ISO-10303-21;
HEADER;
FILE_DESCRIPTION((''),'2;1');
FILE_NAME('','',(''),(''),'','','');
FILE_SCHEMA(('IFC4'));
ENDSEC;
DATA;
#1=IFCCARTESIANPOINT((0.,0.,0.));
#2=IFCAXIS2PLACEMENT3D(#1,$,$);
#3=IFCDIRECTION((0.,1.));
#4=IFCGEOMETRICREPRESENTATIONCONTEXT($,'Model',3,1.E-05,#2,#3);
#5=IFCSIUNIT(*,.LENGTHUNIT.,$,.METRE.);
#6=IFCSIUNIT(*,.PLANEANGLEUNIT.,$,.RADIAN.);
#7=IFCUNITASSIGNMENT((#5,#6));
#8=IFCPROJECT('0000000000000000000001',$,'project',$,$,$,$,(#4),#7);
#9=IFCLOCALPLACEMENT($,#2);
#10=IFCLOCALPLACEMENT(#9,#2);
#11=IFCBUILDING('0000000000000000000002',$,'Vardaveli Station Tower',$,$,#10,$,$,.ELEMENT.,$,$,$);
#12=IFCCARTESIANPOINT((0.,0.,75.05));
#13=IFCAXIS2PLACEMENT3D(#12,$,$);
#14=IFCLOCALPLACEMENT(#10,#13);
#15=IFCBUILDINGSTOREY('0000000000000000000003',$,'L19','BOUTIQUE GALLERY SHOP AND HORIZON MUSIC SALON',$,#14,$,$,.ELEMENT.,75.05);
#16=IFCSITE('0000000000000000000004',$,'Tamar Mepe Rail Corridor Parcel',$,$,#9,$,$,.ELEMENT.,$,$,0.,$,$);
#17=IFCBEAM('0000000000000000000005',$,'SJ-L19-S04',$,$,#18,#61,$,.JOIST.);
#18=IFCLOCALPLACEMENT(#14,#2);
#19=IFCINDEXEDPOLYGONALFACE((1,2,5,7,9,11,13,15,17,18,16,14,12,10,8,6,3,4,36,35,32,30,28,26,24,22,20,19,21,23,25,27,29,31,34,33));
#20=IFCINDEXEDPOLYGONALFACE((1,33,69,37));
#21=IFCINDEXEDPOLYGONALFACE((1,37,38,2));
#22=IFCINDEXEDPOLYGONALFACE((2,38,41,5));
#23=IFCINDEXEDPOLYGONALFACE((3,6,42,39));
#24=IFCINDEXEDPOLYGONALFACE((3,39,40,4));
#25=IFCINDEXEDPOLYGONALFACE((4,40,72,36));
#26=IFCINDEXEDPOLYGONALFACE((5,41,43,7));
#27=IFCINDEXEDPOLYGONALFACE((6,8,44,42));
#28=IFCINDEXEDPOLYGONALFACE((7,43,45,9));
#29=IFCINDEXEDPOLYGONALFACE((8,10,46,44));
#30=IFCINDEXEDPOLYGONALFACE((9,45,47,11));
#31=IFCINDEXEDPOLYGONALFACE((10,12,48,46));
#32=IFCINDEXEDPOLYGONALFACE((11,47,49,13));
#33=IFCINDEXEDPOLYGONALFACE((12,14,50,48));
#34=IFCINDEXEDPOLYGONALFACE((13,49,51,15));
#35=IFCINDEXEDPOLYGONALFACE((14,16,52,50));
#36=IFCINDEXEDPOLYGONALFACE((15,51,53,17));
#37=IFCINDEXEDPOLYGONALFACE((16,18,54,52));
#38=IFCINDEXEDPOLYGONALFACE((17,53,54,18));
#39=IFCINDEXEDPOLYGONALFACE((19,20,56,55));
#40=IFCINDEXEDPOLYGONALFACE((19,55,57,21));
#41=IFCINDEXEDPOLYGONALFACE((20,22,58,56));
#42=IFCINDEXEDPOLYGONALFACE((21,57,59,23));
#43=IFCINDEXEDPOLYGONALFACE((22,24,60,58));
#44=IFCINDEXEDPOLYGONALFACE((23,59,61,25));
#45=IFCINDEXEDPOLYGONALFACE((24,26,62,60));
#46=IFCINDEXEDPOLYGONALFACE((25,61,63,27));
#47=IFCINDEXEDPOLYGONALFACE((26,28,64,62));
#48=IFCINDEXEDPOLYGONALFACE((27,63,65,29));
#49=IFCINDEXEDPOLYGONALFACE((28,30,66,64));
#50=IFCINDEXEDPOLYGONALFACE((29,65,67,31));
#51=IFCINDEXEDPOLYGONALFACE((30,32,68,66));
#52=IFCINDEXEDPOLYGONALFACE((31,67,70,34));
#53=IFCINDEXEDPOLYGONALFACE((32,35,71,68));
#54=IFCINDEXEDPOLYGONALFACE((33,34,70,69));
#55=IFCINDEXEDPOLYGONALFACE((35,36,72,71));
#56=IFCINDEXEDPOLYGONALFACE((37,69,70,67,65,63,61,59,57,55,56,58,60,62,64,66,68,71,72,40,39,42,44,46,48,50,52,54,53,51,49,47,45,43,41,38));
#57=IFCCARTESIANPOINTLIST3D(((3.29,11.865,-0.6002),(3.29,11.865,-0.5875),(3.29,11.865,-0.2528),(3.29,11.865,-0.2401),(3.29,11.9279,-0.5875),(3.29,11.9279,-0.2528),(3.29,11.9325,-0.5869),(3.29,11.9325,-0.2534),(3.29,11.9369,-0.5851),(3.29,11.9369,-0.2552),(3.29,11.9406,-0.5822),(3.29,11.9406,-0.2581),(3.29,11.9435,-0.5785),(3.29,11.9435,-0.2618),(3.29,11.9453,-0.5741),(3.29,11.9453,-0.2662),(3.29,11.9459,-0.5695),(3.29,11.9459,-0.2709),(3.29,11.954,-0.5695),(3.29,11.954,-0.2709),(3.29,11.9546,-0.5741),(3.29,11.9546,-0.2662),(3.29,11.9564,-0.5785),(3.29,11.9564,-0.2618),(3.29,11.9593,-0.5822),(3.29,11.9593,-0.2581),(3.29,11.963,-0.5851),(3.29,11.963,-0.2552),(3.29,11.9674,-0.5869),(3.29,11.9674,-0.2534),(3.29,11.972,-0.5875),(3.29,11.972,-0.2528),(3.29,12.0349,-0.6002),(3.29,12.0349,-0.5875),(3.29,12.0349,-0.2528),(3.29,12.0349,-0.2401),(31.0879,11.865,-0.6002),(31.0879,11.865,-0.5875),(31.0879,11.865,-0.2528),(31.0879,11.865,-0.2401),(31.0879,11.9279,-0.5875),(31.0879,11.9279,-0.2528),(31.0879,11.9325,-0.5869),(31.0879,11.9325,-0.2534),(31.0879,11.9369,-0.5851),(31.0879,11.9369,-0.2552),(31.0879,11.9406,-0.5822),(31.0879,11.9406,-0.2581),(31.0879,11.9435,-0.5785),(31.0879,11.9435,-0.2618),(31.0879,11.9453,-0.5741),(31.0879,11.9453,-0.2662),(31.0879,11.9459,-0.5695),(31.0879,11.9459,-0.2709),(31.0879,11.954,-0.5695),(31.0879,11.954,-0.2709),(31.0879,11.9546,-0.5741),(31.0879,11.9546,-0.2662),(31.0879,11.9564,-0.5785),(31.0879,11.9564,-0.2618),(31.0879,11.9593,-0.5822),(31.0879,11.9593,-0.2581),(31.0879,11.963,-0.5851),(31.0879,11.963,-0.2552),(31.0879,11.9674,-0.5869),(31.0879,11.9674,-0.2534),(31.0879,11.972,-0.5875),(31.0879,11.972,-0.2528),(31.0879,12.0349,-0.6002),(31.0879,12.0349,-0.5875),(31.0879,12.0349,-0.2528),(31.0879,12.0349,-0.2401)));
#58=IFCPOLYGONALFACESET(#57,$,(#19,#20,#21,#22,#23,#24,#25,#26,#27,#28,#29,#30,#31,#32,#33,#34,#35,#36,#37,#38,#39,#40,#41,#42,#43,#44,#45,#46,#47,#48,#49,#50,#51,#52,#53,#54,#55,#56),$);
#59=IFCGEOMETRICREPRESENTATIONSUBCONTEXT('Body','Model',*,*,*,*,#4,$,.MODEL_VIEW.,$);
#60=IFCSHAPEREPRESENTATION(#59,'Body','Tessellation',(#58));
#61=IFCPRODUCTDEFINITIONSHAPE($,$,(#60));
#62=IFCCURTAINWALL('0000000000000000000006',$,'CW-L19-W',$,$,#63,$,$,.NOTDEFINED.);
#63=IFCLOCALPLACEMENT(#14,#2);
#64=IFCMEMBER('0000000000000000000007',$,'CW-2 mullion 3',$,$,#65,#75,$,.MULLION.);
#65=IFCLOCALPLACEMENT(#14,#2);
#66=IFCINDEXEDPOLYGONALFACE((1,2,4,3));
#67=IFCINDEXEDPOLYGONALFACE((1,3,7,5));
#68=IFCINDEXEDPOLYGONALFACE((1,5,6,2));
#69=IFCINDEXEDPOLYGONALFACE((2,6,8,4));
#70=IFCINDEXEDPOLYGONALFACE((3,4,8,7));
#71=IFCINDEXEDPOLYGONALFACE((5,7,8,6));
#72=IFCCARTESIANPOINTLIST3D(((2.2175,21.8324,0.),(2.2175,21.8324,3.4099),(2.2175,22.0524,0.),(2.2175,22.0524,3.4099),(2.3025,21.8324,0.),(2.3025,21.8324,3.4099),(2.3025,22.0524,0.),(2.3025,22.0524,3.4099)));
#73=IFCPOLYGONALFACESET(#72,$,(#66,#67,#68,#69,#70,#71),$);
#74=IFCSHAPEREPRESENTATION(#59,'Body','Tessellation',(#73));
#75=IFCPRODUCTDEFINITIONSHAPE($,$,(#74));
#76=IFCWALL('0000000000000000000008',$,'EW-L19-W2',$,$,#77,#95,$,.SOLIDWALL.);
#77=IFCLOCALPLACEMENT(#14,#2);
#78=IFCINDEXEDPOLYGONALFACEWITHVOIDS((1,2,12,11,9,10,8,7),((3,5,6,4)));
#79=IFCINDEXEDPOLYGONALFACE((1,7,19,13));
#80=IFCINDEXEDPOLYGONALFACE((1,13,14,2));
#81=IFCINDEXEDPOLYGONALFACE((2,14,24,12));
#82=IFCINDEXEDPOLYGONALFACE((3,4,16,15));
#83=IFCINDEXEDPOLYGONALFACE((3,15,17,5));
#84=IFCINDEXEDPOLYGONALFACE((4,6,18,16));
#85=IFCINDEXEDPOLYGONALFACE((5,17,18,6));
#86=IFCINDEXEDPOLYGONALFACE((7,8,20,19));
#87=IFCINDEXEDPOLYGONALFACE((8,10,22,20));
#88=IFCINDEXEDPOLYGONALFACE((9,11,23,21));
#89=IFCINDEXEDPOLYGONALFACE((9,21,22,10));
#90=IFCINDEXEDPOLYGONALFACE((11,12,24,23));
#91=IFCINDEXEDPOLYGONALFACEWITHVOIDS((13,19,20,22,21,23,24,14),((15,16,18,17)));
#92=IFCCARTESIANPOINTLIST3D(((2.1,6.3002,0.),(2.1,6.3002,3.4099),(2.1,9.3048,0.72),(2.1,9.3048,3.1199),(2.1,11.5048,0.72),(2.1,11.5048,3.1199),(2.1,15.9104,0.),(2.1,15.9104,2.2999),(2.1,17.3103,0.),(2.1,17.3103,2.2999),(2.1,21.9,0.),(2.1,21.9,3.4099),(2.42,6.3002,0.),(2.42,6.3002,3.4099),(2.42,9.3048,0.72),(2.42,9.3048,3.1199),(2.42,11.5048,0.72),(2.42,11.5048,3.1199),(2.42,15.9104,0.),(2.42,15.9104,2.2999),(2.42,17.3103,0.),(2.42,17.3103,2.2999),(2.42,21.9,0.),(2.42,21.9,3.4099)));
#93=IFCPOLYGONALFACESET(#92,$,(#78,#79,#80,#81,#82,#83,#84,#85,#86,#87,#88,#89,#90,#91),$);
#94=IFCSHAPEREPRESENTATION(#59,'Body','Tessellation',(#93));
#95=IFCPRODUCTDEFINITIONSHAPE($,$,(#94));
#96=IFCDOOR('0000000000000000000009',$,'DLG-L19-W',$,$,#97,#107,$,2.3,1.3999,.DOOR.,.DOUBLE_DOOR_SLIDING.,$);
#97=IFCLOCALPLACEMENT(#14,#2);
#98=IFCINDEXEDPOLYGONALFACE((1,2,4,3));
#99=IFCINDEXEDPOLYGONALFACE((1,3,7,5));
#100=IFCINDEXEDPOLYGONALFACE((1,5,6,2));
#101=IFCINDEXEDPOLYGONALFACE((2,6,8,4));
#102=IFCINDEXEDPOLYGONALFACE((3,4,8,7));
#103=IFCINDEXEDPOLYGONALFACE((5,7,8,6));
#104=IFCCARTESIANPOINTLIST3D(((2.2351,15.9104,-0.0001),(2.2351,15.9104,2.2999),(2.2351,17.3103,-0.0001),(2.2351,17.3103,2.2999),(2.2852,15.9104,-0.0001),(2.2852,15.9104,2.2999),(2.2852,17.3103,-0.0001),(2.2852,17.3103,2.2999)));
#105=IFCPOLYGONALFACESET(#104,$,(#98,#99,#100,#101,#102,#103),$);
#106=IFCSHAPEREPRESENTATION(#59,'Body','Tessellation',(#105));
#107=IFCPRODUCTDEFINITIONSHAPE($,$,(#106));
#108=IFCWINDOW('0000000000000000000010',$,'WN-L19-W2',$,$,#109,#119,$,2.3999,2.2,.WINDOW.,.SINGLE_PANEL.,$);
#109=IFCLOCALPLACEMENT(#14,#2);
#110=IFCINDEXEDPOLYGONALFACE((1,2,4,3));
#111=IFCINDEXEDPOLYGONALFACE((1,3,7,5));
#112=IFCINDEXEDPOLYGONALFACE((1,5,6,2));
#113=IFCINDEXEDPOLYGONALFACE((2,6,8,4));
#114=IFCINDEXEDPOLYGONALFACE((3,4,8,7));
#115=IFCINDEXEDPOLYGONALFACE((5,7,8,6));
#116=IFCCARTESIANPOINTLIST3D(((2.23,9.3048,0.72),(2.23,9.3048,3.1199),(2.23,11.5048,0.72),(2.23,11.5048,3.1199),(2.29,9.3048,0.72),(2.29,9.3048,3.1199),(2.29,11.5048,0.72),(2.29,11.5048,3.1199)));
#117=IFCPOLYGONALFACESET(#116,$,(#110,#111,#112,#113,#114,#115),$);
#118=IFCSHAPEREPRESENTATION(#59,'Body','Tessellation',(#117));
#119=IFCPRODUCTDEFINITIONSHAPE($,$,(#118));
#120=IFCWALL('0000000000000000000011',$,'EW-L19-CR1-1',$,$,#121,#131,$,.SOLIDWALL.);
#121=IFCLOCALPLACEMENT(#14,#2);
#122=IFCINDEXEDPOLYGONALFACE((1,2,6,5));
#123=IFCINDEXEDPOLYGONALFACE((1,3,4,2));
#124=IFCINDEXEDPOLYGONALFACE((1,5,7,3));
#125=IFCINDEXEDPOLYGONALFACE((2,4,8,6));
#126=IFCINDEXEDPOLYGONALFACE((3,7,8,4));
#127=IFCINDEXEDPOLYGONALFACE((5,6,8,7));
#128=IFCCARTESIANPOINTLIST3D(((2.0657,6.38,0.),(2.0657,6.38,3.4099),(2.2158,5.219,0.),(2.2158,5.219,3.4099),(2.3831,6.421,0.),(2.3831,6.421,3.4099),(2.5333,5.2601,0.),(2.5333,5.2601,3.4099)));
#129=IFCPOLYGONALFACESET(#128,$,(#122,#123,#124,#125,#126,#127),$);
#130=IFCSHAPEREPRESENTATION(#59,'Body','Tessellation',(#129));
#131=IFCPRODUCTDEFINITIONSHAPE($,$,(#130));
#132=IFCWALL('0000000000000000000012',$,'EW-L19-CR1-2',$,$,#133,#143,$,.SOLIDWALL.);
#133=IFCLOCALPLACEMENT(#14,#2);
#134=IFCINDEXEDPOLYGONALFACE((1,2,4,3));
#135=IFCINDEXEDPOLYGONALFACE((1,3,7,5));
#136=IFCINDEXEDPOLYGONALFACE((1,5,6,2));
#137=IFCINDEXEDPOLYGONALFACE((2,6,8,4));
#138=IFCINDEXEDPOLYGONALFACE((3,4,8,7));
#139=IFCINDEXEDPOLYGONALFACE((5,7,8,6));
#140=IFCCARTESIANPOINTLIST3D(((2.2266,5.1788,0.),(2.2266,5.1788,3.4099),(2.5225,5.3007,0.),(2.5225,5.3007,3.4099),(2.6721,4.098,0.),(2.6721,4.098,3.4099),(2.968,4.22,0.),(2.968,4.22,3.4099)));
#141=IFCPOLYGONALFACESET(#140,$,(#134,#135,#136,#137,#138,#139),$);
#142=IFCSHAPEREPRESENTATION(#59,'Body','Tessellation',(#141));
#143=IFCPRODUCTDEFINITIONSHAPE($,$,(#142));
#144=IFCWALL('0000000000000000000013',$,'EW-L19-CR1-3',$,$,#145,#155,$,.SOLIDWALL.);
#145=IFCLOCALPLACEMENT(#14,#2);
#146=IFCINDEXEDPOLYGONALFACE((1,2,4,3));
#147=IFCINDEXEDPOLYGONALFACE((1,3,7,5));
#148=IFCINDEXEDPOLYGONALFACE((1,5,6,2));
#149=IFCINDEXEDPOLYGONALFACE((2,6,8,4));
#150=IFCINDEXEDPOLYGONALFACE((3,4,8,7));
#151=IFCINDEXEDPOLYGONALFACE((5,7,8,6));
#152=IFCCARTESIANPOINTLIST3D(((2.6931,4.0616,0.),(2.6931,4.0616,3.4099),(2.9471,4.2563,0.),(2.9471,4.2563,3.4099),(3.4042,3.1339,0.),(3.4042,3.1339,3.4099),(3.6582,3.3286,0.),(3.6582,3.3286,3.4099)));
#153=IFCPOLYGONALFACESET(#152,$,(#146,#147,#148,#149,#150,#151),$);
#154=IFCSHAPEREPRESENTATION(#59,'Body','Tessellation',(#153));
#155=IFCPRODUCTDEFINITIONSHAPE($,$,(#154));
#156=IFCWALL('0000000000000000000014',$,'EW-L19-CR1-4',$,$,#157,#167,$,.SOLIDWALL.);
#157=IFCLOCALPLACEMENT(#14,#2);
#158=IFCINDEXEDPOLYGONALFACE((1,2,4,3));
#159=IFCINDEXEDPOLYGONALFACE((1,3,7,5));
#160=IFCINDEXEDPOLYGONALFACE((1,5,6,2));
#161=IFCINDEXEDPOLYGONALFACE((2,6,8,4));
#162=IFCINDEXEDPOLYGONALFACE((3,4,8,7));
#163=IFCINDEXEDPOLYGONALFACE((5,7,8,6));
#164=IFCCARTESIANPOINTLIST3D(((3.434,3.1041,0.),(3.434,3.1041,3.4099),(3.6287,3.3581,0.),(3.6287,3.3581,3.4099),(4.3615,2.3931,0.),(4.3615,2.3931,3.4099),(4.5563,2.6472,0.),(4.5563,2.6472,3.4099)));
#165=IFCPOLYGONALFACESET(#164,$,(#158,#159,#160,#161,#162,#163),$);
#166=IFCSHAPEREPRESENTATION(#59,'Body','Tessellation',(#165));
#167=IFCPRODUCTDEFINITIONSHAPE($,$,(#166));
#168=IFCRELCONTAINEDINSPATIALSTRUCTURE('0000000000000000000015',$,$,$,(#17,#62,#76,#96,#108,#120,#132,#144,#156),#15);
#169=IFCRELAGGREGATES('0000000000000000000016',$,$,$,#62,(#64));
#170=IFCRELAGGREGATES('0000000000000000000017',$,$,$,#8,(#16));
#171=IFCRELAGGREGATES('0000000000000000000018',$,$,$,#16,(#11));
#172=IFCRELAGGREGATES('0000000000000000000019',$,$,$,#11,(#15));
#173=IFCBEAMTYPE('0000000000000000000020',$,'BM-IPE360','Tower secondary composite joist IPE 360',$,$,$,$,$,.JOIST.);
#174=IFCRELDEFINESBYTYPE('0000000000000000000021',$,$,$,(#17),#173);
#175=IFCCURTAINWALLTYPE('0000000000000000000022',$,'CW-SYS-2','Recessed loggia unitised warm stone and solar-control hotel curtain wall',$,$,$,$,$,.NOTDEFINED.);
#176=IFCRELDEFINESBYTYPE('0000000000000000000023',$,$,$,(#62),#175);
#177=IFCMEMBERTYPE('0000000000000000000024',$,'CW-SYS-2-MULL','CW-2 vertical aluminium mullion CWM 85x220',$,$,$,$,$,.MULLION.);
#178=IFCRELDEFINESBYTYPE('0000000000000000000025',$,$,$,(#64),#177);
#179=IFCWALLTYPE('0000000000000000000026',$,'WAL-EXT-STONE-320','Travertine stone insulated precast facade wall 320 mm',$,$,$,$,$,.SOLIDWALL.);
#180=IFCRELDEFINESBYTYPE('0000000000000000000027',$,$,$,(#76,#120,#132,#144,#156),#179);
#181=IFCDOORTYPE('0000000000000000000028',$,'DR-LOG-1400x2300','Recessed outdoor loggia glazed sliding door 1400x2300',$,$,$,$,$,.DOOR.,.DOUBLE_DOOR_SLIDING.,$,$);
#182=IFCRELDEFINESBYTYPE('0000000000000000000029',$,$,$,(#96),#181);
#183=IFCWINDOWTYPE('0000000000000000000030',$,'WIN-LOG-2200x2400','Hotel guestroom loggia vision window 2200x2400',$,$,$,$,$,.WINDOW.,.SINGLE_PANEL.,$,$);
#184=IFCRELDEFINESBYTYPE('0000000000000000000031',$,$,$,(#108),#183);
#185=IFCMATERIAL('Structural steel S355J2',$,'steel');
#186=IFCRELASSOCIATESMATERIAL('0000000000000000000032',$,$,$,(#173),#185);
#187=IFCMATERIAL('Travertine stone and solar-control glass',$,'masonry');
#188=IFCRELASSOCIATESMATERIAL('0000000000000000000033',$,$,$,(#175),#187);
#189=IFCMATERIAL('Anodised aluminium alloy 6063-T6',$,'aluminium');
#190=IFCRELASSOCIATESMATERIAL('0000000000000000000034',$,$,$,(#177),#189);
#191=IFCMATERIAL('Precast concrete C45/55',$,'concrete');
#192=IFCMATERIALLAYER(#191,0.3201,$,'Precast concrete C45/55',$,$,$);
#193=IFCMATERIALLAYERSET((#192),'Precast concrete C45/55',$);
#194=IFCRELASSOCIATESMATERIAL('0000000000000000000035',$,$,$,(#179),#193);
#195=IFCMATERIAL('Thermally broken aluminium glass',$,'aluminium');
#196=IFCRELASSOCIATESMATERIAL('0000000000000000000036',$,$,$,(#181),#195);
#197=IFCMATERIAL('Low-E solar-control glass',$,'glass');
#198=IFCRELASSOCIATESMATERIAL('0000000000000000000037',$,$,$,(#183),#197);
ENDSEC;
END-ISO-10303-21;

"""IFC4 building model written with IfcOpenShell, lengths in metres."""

from ifc_helpers import new_model, si_unit, direction, frame, frame_2d, origin, origin_2d, place, context, subcontext, project, spatial, rectangle, i_section, extrude, source, transform, mapped, material, layer, layer_set, material_profile, profile_set, type_object, element, fill, aggregate, save


model = new_model("IFC4")

# Units and contexts
model_context = context("Model", 3, precision=1e-05, world=origin(), true_north=direction((0.0, 1.0)))
body_context = subcontext(model_context, "Body", "Model", "MODEL_VIEW")
ifc_project = project(units=[si_unit("LENGTHUNIT", "METRE"), si_unit("PLANEANGLEUNIT", "RADIAN")], contexts=[model_context])

# Site, building, storey
site_placement = place(None, origin())
site = spatial("IfcSite", under=ifc_project, at=site_placement, Name="Tamar Mepe Rail Corridor Parcel", CompositionType="ELEMENT", RefElevation=0.0)
building_placement = place(site_placement, origin())
building = spatial("IfcBuilding", under=site, at=building_placement, Name="Vardaveli Station Tower", CompositionType="ELEMENT")
storey_placement = place(building_placement, frame((0.0, 0.0, 75.05)))
storey = spatial("IfcBuildingStorey", under=building, at=storey_placement, Name="L19", Description="BOUTIQUE GALLERY SHOP AND HORIZON MUSIC SALON", CompositionType="ELEMENT", Elevation=75.05)

# Beam
ifc_material_1 = material(Name="Precast concrete C45/55", Category="concrete")
ifc_material_2 = material(Name="Structural steel S355J2", Category="steel")
ifc_material_profile_1 = material_profile(ifc_material_2, i_section(OverallWidth=0.1699, OverallDepth=0.3601, WebThickness=0.0081, FlangeThickness=0.0127, FilletRadius=0.0181, at=origin_2d()), Name="IPE 360")
ifc_profile_set_1 = profile_set([ifc_material_profile_1], Name="Structural steel S355J2")
beam_type_1 = type_object("IfcBeamType", Name="BM-IPE360", Description="Tower secondary composite joist IPE 360", PredefinedType="JOIST", material=ifc_profile_set_1)
shared_shape_1 = source(origin(), body_context, "Body", "SweptSolid", [
    extrude(i_section(OverallWidth=0.1699, OverallDepth=0.3601, WebThickness=0.0081, FlangeThickness=0.0127, FilletRadius=0.0181, at=origin_2d()), origin(), (0.0, 0.0, 1.0), 27.7979),
])
for number, where, z_axis, x_axis, name in (
    (1, (3.29, 11.95, -0.4202), (1.0, 0.0, 0.0), (0.0, 1.0, 0.0), "SJ-L19-S04"),
):
    element("IfcBeam", number, at=place(storey_placement, frame(where, z_axis=z_axis, x_axis=x_axis)), inside=storey, type_object=beam_type_1, Name=name, PredefinedType="JOIST", context=body_context, shape_type="MappedRepresentation", body=[
        mapped(shared_shape_1, transform((0.0, 0.0, 0.0), scale=1.0)),
    ])

# Curtain wall, member
ifc_material_3 = material(Name="Travertine stone and solar-control glass", Category="masonry")
curtain_wall_type = type_object("IfcCurtainWallType", Name="CW-SYS-2", Description="Recessed loggia unitised warm stone and solar-control hotel curtain wall", PredefinedType="NOTDEFINED", material=ifc_material_3)
curtain_wall_placement = place(storey_placement, origin())
curtain_wall = element("IfcCurtainWall", 2, at=curtain_wall_placement, inside=storey, type_object=curtain_wall_type, Name="CW-L19-W", PredefinedType="NOTDEFINED")
ifc_material_4 = material(Name="Anodised aluminium alloy 6063-T6", Category="aluminium")
ifc_material_profile_2 = material_profile(ifc_material_4, rectangle(XDim=0.085, YDim=0.22, at=origin_2d()), Name="CWM 85x220")
ifc_profile_set_2 = profile_set([ifc_material_profile_2], Name="Anodised aluminium alloy 6063-T6")
member_type = type_object("IfcMemberType", Name="CW-SYS-2-MULL", Description="CW-2 vertical aluminium mullion CWM 85x220", PredefinedType="MULLION", material=ifc_profile_set_2)
shared_shape_2 = source(origin(), body_context, "Body", "SweptSolid", [
    extrude(rectangle(XDim=0.085, YDim=0.22, at=origin_2d()), origin(), (0.0, 0.0, 1.0), 3.4099),
])
member_placement = place(storey_placement, frame((2.26, 21.9424, 0.0), z_axis=(0.0, 0.0, 1.0), x_axis=(1.0, 0.0, 0.0)))
member = element("IfcMember", 3, at=member_placement, type_object=member_type, Name="CW-2 mullion 3", PredefinedType="MULLION", context=body_context, shape_type="MappedRepresentation", body=[
    mapped(shared_shape_2, transform((0.0, 0.0, 0.0), scale=1.0)),
])
aggregate(curtain_wall, [member])

# Wall, openings, door, window
ifc_layer_1 = layer(ifc_material_1, 0.3201, Name="Precast concrete C45/55")
ifc_layer_set_1 = layer_set([ifc_layer_1], Name="Precast concrete C45/55")
wall_type_1 = type_object("IfcWallType", Name="WAL-EXT-STONE-320", Description="Travertine stone insulated precast facade wall 320 mm", PredefinedType="SOLIDWALL", material=ifc_layer_set_1)
shared_shape_3 = source(origin(), body_context, "Body", "SweptSolid", [
    extrude(rectangle(XDim=15.5999, YDim=0.3201, at=frame_2d((7.7998, 0.0))), origin(), (0.0, 0.0, 1.0), 3.4099),
])
wall_1_placement = place(storey_placement, frame((2.26, 21.8999, 0.0), z_axis=(0.0, 0.0, 1.0), x_axis=(0.0, -1.0, 0.0)))
wall_1 = element("IfcWall", 4, at=wall_1_placement, inside=storey, type_object=wall_type_1, Name="EW-L19-W2", PredefinedType="SOLIDWALL", context=body_context, shape_type="MappedRepresentation", body=[
    mapped(shared_shape_3, transform((0.0, 0.0, 0.0), scale=1.0)),
])
shared_shape_4 = source(origin(), body_context, "Body", "SweptSolid", [
    extrude(rectangle(XDim=1.3999, YDim=2.3, at=frame_2d((0.7, 1.1499))), frame((0.0, 0.1699, 0.0), z_axis=(0.0, -1.0, 0.0), x_axis=(1.0, 0.0, 0.0)), (0.0, 0.0, 1.0), 0.3401),
])
opening_1_placement = place(wall_1_placement, frame((4.5896, 0.0, 0.0)))
opening_1 = element("IfcOpeningElement", 5, at=opening_1_placement, cuts=wall_1, PredefinedType="OPENING", context=body_context, shape_type="MappedRepresentation", body=[
    mapped(shared_shape_4, transform((0.0, 0.0, 0.0), scale=1.0)),
])
shared_shape_5 = source(origin(), body_context, "Body", "SweptSolid", [
    extrude(rectangle(XDim=2.2, YDim=2.3999, at=frame_2d((1.1001, 1.2))), frame((0.0, 0.1699, 0.0), z_axis=(0.0, -1.0, 0.0), x_axis=(1.0, 0.0, 0.0)), (0.0, 0.0, 1.0), 0.3401),
])
opening_2_placement = place(wall_1_placement, frame((10.395, 0.0, 0.72)))
opening_2 = element("IfcOpeningElement", 6, at=opening_2_placement, cuts=wall_1, PredefinedType="OPENING", context=body_context, shape_type="MappedRepresentation", body=[
    mapped(shared_shape_5, transform((0.0, 0.0, 0.0), scale=1.0)),
])
ifc_material_5 = material(Name="Thermally broken aluminium glass", Category="aluminium")
door_type_1 = type_object("IfcDoorType", Name="DR-LOG-1400x2300", Description="Recessed outdoor loggia glazed sliding door 1400x2300", OperationType="DOUBLE_DOOR_SLIDING", PredefinedType="DOOR", material=ifc_material_5)
shared_shape_6 = source(origin(), body_context, "Body", "SweptSolid", [
    extrude(rectangle(XDim=1.3999, YDim=2.3, at=frame_2d((0.7, 1.1499))), frame((0.0, 0.0249, 0.0), z_axis=(0.0, -1.0, 0.0), x_axis=(1.0, 0.0, 0.0)), (0.0, 0.0, 1.0), 0.05),
])
door_1_placement = place(opening_1_placement, frame((1.3999, 0.0, 0.0), z_axis=(0.0, 0.0, 1.0), x_axis=(-1.0, 0.0, 0.0)))
door_1 = element("IfcDoor", 7, at=door_1_placement, inside=storey, type_object=door_type_1, Name="DLG-L19-W", OperationType="DOUBLE_DOOR_SLIDING", OverallHeight=2.3, OverallWidth=1.3999, PredefinedType="DOOR", context=body_context, shape_type="MappedRepresentation", body=[
    mapped(shared_shape_6, transform((0.0, 0.0, 0.0), scale=1.0)),
])
fill(opening_1, door_1)
ifc_material_6 = material(Name="Low-E solar-control glass", Category="glass")
window_type = type_object("IfcWindowType", Name="WIN-LOG-2200x2400", Description="Hotel guestroom loggia vision window 2200x2400", PartitioningType="SINGLE_PANEL", PredefinedType="WINDOW", material=ifc_material_6)
shared_shape_7 = source(origin(), body_context, "Body", "SweptSolid", [
    extrude(rectangle(XDim=2.2, YDim=2.3999, at=frame_2d((1.1001, 1.2))), frame((0.0, 0.03, 0.0), z_axis=(0.0, -1.0, 0.0), x_axis=(1.0, 0.0, 0.0)), (0.0, 0.0, 1.0), 0.0601),
])
window_placement = place(opening_2_placement, origin())
window = element("IfcWindow", 8, at=window_placement, inside=storey, type_object=window_type, Name="WN-L19-W2", OverallHeight=2.3999, OverallWidth=2.2, PartitioningType="SINGLE_PANEL", PredefinedType="WINDOW", context=body_context, shape_type="MappedRepresentation", body=[
    mapped(shared_shape_7, transform((0.0, 0.0, 0.0), scale=1.0)),
])
fill(opening_2, window)

# Walls
shared_shape_8 = source(origin(), body_context, "Body", "SweptSolid", [
    extrude(rectangle(XDim=1.1707, YDim=0.3201, at=frame_2d((0.5854, 0.0))), origin(), (0.0, 0.0, 1.0), 3.4099),
])
wall_2_placement = place(storey_placement, frame((2.2244, 6.4006, 0.0), z_axis=(0.0, 0.0, 1.0), x_axis=(0.128269, -0.991739, 0.0)))
element("IfcWall", 9, at=wall_2_placement, inside=storey, type_object=wall_type_1, Name="EW-L19-CR1-1", PredefinedType="SOLIDWALL", context=body_context, shape_type="MappedRepresentation", body=[
    mapped(shared_shape_8, transform((0.0, 0.0, 0.0), scale=1.0)),
])
shared_shape_9 = source(origin(), body_context, "Body", "SweptSolid", [
    extrude(rectangle(XDim=1.1689, YDim=0.3201, at=frame_2d((0.5845, 0.0))), origin(), (0.0, 0.0, 1.0), 3.4099),
])
for number, where, z_axis, x_axis, name in (
    (10, (2.3745, 5.2397, 0.0), (0.0, 0.0, 1.0), (0.381128, -0.924522, 0.0), "EW-L19-CR1-2"),
    (11, (2.8201, 4.1589, 0.0), (0.0, 0.0, 1.0), (0.608388, -0.79364, 0.0), "EW-L19-CR1-3"),
):
    element("IfcWall", number, at=place(storey_placement, frame(where, z_axis=z_axis, x_axis=x_axis)), inside=storey, type_object=wall_type_1, Name=name, PredefinedType="SOLIDWALL", context=body_context, shape_type="MappedRepresentation", body=[
        mapped(shared_shape_9, transform((0.0, 0.0, 0.0), scale=1.0)),
    ])
shared_shape_10 = source(origin(), body_context, "Body", "SweptSolid", [
    extrude(rectangle(XDim=1.1687, YDim=0.3201, at=frame_2d((0.5845, 0.0))), origin(), (0.0, 0.0, 1.0), 3.4099),
])
wall_3_placement = place(storey_placement, frame((3.5312, 3.2312, 0.0), z_axis=(0.0, 0.0, 1.0), x_axis=(0.793664, -0.608357, 0.0)))
element("IfcWall", 12, at=wall_3_placement, inside=storey, type_object=wall_type_1, Name="EW-L19-CR1-4", PredefinedType="SOLIDWALL", context=body_context, shape_type="MappedRepresentation", body=[
    mapped(shared_shape_10, transform((0.0, 0.0, 0.0), scale=1.0)),
])

save(model, "model.ifc")
